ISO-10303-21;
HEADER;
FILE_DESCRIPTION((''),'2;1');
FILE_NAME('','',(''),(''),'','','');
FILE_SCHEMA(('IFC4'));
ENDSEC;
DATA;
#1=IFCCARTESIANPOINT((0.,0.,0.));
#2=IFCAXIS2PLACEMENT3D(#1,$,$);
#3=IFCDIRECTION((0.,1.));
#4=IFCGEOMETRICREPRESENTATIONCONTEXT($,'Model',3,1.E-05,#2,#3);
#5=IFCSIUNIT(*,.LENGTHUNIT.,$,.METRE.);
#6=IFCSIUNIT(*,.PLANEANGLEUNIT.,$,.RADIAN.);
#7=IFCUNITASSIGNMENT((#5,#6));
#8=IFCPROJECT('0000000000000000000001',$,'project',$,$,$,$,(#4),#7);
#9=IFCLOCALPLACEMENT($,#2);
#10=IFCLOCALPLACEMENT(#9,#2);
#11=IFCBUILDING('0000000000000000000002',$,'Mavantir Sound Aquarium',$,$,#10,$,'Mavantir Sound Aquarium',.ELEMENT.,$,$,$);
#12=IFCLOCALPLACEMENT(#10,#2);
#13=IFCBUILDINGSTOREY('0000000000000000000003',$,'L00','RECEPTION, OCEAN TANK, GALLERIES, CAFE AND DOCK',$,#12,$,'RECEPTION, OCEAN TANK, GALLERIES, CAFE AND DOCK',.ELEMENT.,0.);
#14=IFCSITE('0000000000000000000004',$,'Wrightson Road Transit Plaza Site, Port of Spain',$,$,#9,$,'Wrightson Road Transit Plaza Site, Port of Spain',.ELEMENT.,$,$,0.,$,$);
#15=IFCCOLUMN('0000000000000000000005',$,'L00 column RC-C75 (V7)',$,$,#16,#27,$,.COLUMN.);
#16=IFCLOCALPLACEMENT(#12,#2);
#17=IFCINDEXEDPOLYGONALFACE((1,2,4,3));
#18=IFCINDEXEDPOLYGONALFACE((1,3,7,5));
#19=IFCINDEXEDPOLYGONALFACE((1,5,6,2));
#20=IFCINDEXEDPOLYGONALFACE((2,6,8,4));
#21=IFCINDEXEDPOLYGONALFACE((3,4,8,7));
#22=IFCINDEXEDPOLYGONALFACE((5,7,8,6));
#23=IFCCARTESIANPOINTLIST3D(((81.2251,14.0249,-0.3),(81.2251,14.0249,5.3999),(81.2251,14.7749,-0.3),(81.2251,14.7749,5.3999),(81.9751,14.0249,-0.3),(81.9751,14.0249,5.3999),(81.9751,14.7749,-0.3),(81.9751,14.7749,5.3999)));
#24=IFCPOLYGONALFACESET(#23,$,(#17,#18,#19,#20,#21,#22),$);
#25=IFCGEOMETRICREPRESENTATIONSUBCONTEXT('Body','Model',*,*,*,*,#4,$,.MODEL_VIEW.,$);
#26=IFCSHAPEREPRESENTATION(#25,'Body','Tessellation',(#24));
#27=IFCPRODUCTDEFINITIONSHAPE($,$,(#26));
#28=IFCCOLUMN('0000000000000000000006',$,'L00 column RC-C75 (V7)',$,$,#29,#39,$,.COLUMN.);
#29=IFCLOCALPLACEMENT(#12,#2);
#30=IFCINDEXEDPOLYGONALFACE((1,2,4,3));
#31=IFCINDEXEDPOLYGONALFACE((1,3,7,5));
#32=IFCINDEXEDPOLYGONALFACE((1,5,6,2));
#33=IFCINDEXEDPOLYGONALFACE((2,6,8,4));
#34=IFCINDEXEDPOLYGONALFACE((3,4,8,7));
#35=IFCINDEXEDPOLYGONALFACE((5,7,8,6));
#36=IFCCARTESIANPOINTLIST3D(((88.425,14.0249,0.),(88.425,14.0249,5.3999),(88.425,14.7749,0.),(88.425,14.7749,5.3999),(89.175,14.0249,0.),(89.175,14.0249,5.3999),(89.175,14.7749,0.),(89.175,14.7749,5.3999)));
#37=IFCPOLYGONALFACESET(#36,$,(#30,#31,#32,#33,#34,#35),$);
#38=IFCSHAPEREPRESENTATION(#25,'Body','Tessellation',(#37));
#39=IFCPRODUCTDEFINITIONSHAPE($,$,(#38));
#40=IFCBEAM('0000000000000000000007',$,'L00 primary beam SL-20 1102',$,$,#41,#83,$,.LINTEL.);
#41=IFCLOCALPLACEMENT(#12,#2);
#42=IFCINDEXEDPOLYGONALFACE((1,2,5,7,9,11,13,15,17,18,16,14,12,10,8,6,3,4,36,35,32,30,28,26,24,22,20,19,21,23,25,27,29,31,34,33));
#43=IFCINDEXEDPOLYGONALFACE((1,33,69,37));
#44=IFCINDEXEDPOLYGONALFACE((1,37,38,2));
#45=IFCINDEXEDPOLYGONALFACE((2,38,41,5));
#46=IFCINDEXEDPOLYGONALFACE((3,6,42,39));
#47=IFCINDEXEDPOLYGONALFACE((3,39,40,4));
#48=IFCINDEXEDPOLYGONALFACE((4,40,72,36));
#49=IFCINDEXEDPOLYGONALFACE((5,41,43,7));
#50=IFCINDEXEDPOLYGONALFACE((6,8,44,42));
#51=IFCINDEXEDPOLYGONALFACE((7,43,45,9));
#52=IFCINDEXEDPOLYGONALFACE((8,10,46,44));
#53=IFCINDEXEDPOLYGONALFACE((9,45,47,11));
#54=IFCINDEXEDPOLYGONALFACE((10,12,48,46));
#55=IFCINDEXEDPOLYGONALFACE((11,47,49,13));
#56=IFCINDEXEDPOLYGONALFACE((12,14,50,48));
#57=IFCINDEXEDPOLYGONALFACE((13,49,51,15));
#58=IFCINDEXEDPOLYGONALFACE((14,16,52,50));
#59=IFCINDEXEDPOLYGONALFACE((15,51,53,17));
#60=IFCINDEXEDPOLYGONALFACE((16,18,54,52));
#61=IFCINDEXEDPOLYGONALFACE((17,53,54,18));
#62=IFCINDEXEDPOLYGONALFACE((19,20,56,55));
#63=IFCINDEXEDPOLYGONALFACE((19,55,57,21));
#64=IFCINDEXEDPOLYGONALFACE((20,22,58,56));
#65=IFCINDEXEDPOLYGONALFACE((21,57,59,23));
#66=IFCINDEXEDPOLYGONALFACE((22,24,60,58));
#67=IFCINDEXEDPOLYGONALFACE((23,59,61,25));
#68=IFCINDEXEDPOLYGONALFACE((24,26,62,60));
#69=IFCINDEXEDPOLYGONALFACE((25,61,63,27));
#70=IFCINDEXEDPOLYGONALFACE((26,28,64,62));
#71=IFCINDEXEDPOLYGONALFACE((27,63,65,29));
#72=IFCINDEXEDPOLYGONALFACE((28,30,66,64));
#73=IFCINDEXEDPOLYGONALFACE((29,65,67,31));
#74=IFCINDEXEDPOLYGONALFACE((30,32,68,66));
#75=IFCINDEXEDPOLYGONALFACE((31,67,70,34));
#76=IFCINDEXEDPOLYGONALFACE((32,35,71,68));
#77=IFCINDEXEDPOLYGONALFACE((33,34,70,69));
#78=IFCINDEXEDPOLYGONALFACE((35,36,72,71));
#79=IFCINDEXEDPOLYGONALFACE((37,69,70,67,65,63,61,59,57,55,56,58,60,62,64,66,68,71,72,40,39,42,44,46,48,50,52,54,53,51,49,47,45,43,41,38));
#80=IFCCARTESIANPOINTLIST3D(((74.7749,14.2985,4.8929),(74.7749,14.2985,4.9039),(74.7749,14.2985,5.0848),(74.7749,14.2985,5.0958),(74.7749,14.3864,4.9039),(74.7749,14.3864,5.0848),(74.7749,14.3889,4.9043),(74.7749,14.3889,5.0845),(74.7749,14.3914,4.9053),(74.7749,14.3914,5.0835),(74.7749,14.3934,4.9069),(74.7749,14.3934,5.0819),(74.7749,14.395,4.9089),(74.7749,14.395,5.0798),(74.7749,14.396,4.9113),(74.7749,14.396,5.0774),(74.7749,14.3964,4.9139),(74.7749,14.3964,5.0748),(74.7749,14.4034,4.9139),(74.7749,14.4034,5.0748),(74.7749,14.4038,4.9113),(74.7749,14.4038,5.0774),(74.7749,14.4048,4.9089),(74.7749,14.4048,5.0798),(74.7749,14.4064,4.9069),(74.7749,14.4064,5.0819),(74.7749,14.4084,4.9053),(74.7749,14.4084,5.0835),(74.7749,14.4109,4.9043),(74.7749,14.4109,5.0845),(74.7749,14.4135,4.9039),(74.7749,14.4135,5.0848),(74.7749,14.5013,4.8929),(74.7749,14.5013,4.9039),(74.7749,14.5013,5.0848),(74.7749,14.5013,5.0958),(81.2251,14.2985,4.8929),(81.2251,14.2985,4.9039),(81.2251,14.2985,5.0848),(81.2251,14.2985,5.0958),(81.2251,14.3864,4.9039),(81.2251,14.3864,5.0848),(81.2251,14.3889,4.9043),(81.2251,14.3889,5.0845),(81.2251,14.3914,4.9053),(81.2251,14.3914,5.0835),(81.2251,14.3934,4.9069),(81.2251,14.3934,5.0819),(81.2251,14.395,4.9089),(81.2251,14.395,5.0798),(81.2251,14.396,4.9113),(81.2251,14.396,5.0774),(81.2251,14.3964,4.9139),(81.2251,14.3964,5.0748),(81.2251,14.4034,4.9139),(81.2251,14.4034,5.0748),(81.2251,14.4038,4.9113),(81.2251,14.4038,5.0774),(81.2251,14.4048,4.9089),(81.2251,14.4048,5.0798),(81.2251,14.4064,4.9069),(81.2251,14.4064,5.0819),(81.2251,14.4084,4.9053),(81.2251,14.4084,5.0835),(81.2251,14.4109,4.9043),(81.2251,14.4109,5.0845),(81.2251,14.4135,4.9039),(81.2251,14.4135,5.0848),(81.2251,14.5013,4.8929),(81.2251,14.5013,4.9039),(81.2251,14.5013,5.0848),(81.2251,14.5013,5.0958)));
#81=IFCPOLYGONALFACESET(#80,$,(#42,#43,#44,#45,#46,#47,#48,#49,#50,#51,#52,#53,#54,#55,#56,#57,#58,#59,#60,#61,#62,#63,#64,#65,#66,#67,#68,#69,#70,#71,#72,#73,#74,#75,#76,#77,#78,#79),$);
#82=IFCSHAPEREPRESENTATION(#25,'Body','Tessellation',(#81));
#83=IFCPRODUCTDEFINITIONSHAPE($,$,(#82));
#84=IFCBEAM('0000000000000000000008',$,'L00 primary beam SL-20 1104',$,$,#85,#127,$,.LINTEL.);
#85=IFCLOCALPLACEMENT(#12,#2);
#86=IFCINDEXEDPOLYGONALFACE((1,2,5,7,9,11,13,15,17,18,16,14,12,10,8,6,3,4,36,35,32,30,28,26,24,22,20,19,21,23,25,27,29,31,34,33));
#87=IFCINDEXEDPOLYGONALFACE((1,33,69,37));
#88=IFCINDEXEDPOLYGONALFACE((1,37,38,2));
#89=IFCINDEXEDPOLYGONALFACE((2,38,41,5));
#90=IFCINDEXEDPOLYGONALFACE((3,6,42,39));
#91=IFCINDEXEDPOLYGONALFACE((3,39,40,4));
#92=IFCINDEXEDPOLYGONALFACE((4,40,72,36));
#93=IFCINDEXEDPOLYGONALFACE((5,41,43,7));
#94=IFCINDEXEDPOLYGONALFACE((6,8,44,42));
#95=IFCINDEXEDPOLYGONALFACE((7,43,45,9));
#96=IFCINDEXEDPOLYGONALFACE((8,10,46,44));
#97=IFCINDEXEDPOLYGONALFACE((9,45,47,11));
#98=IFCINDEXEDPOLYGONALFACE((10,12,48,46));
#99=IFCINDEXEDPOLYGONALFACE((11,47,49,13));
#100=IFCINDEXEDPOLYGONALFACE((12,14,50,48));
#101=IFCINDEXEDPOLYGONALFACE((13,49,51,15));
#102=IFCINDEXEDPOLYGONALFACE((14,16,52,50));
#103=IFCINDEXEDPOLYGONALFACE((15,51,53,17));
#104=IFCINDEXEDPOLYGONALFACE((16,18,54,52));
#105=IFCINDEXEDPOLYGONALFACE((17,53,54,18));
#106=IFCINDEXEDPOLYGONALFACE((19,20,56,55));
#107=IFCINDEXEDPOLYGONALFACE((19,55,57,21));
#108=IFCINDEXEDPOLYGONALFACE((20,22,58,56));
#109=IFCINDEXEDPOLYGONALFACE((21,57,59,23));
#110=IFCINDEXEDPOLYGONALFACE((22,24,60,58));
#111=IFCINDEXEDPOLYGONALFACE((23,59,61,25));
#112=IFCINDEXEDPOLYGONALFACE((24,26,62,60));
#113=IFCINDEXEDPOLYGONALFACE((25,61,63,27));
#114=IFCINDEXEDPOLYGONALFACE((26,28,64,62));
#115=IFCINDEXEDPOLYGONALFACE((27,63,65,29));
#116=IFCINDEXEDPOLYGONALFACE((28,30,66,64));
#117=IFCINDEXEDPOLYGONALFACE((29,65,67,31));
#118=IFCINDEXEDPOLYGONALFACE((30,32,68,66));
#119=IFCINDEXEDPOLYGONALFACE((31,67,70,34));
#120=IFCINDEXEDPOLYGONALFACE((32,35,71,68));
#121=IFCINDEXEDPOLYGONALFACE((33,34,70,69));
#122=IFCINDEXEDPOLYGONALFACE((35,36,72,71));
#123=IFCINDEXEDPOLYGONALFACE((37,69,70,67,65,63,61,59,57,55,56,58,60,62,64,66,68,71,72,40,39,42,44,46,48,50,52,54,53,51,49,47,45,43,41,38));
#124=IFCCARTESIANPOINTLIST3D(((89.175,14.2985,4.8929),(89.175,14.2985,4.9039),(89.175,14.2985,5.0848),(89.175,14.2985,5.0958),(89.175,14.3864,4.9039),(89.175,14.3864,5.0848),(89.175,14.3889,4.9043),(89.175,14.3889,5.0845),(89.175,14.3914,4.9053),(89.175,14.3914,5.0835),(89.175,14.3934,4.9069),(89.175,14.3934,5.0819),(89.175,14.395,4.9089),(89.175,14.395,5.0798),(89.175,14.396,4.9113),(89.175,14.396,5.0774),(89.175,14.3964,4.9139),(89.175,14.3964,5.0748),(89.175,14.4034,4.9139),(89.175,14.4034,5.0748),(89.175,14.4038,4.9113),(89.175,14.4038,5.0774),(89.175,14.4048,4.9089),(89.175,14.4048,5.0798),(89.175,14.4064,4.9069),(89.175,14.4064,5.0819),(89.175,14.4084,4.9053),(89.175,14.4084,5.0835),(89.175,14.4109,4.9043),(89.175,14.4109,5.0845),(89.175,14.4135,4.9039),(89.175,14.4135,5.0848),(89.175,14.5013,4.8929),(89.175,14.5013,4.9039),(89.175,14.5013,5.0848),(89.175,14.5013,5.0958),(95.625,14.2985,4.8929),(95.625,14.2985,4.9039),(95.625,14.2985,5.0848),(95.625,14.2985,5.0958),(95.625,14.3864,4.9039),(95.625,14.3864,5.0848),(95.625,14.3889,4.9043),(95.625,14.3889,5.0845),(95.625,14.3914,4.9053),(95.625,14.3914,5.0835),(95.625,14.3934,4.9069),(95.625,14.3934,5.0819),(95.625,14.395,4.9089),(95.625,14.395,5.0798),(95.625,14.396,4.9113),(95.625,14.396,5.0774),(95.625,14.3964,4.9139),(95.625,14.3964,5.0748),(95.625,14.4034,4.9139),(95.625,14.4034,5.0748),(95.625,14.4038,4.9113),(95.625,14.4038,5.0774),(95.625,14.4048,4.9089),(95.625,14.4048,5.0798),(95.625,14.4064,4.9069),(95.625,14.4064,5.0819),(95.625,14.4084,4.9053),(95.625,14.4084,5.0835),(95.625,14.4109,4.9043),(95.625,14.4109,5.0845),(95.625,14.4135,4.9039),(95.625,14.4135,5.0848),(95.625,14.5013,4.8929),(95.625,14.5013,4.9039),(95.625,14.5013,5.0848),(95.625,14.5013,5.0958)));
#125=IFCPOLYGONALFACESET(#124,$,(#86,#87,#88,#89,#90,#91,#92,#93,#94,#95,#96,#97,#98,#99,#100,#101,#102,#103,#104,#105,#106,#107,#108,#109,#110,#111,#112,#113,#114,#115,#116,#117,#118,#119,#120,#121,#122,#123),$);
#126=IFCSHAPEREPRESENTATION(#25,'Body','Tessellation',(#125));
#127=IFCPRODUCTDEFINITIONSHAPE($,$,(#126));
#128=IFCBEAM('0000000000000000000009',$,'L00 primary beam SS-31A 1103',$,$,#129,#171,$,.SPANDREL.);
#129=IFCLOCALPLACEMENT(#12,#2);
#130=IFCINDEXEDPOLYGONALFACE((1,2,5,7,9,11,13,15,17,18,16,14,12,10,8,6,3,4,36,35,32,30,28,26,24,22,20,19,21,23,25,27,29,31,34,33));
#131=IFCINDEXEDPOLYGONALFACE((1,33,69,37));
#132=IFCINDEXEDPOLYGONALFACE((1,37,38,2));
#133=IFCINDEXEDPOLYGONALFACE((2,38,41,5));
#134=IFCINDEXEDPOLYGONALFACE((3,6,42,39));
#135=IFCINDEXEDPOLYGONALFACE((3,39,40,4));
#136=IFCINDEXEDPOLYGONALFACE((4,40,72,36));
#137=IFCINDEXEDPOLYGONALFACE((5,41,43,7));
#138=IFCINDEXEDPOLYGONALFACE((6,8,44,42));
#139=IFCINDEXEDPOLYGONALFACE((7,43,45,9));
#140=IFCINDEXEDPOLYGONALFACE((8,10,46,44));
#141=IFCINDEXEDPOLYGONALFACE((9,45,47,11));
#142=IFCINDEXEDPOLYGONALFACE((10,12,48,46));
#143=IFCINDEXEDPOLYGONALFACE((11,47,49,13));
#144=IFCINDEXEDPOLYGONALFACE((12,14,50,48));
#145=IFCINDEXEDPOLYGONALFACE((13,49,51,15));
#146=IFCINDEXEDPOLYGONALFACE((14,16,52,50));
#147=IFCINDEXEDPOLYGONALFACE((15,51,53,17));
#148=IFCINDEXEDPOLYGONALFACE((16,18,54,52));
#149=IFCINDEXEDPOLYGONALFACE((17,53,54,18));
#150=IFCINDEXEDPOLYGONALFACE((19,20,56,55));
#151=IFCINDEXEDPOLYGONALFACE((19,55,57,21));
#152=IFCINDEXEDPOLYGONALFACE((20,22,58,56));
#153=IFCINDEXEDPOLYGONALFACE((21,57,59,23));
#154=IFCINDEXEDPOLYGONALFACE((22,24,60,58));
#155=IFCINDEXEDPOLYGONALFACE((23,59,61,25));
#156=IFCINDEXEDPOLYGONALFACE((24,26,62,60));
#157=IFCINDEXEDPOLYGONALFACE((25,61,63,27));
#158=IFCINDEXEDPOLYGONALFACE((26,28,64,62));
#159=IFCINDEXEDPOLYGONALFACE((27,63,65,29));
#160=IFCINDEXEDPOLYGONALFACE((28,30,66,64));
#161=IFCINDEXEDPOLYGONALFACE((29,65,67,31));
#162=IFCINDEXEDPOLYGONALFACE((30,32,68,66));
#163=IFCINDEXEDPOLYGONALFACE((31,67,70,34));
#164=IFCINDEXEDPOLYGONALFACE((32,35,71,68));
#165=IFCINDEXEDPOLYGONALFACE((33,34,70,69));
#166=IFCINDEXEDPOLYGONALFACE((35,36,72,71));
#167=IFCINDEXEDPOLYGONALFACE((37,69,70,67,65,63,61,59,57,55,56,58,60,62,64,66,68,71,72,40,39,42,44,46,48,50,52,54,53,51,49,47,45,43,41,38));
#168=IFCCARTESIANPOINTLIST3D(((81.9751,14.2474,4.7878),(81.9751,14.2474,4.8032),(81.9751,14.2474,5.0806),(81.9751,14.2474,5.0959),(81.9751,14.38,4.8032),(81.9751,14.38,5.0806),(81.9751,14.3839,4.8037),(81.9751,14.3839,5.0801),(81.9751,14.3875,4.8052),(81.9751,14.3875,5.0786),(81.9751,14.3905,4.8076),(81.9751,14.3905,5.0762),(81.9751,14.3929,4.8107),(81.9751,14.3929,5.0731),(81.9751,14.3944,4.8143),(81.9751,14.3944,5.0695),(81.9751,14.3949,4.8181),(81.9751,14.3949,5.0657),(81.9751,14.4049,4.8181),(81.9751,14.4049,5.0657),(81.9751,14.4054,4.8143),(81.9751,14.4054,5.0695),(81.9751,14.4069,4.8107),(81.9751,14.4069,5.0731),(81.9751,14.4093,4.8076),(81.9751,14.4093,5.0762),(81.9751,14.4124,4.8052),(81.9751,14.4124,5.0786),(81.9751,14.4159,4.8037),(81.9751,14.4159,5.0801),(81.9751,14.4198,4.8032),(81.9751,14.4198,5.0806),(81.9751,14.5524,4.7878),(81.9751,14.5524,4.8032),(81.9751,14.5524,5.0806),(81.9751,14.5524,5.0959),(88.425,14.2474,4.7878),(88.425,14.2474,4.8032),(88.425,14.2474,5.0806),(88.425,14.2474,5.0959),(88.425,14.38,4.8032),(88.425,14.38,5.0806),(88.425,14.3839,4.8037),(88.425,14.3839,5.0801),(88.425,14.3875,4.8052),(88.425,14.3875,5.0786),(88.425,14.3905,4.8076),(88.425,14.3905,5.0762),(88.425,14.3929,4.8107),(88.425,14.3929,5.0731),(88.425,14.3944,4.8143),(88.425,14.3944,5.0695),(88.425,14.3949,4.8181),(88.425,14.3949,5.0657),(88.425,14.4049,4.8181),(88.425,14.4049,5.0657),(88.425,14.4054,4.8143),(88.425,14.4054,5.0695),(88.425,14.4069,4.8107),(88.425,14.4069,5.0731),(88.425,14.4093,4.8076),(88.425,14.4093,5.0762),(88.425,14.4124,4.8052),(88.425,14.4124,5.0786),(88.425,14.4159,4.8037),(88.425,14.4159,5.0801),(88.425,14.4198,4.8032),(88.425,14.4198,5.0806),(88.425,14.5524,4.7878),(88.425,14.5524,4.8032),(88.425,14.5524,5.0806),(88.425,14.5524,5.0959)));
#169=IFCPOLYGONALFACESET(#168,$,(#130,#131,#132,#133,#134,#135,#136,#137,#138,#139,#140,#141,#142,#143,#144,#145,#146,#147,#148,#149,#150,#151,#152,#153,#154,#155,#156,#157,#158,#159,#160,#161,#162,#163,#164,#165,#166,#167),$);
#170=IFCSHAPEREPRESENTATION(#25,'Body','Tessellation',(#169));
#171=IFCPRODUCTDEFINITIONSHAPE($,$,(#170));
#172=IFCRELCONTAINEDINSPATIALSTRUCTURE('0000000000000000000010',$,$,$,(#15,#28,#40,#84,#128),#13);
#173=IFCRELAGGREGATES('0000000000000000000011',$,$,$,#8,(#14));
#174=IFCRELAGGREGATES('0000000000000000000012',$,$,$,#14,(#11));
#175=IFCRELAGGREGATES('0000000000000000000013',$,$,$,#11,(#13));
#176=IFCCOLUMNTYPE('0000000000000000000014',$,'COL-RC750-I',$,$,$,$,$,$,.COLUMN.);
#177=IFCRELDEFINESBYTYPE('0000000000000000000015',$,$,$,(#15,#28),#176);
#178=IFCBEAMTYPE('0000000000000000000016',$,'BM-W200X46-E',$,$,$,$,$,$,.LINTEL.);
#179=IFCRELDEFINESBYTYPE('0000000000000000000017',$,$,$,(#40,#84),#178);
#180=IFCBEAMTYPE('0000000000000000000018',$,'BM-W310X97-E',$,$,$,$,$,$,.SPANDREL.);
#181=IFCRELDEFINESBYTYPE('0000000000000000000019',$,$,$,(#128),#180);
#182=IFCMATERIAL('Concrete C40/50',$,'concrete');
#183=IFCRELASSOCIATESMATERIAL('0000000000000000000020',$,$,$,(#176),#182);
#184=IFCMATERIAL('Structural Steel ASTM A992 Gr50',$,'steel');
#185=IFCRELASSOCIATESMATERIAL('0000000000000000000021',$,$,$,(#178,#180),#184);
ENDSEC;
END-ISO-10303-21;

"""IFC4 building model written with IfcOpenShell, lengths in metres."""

from ifc_helpers import new_model, si_unit, direction, frame, origin, origin_2d, place, context, subcontext, project, spatial, rectangle, i_section, extrude, material, material_profile, profile_set, type_object, element, save


model = new_model("IFC4")

# Units and contexts
model_context = context("Model", 3, precision=1e-05, world=origin(), true_north=direction((0.0, 1.0)))
body_context = subcontext(model_context, "Body", "Model", "MODEL_VIEW")
ifc_project = project(units=[si_unit("LENGTHUNIT", "METRE"), si_unit("PLANEANGLEUNIT", "RADIAN")], contexts=[model_context])

# Site, building, storey
site_placement = place(None, origin())
site = spatial("IfcSite", under=ifc_project, at=site_placement, Name="Wrightson Road Transit Plaza Site, Port of Spain", LongName="Wrightson Road Transit Plaza Site, Port of Spain", CompositionType="ELEMENT", RefElevation=0.0)
building_placement = place(site_placement, origin())
building = spatial("IfcBuilding", under=site, at=building_placement, Name="Mavantir Sound Aquarium", LongName="Mavantir Sound Aquarium", CompositionType="ELEMENT")
storey_placement = place(building_placement, origin())
storey = spatial("IfcBuildingStorey", under=building, at=storey_placement, Name="L00", Description="RECEPTION, OCEAN TANK, GALLERIES, CAFE AND DOCK", LongName="RECEPTION, OCEAN TANK, GALLERIES, CAFE AND DOCK", CompositionType="ELEMENT", Elevation=0.0)

# Columns
ifc_material_1 = material(Name="Concrete C40/50", Category="concrete")
ifc_material_profile_1 = material_profile(ifc_material_1, rectangle(XDim=0.75, YDim=0.75, at=origin_2d()), Name="RC 750X750")
ifc_profile_set_1 = profile_set([ifc_material_profile_1], Name="Concrete C40/50")
column_type = type_object("IfcColumnType", Name="COL-RC750-I", PredefinedType="COLUMN", material=ifc_profile_set_1)
column_1_placement = place(storey_placement, frame((81.6001, 14.3999, -0.3), z_axis=(0.0, 0.0, 1.0), x_axis=(1.0, 0.0, 0.0)))
element("IfcColumn", 1, at=column_1_placement, inside=storey, type_object=column_type, Name="L00 column RC-C75 (V7)", PredefinedType="COLUMN", context=body_context, shape_type="SweptSolid", body=[
    extrude(rectangle(XDim=0.75, YDim=0.75, at=origin_2d()), origin(), (0.0, 0.0, 1.0), 5.7),
])
column_2_placement = place(storey_placement, frame((88.8, 14.3999, 0.0), z_axis=(0.0, 0.0, 1.0), x_axis=(1.0, 0.0, 0.0)))
element("IfcColumn", 2, at=column_2_placement, inside=storey, type_object=column_type, Name="L00 column RC-C75 (V7)", PredefinedType="COLUMN", context=body_context, shape_type="SweptSolid", body=[
    extrude(rectangle(XDim=0.75, YDim=0.75, at=origin_2d()), origin(), (0.0, 0.0, 1.0), 5.3999),
])

# Beams
ifc_material_2 = material(Name="Structural Steel ASTM A992 Gr50", Category="steel")
ifc_material_profile_2 = material_profile(ifc_material_2, i_section(OverallWidth=0.2029, OverallDepth=0.2029, WebThickness=0.0071, FlangeThickness=0.011, FilletRadius=0.01, at=origin_2d()), Name="W200X46")
ifc_profile_set_2 = profile_set([ifc_material_profile_2], Name="Structural Steel ASTM A992 Gr50")
beam_type_1 = type_object("IfcBeamType", Name="BM-W200X46-E", PredefinedType="LINTEL", material=ifc_profile_set_2)
beam_1_placement = place(storey_placement, frame((74.7749, 14.3999, 4.9944), z_axis=(1.0, 0.0, 0.0), x_axis=(0.0, 1.0, 0.0)))
element("IfcBeam", 3, at=beam_1_placement, inside=storey, type_object=beam_type_1, Name="L00 primary beam SL-20 1102", PredefinedType="LINTEL", context=body_context, shape_type="SweptSolid", body=[
    extrude(i_section(OverallWidth=0.2029, OverallDepth=0.2029, WebThickness=0.0071, FlangeThickness=0.011, FilletRadius=0.01, at=origin_2d()), origin(), (0.0, 0.0, 1.0), 6.4502),
])
beam_2_placement = place(storey_placement, frame((89.175, 14.3999, 4.9944), z_axis=(1.0, 0.0, 0.0), x_axis=(0.0, 1.0, 0.0)))
element("IfcBeam", 4, at=beam_2_placement, inside=storey, type_object=beam_type_1, Name="L00 primary beam SL-20 1104", PredefinedType="LINTEL", context=body_context, shape_type="SweptSolid", body=[
    extrude(i_section(OverallWidth=0.2029, OverallDepth=0.2029, WebThickness=0.0071, FlangeThickness=0.011, FilletRadius=0.01, at=origin_2d()), origin(), (0.0, 0.0, 1.0), 6.45),
])
ifc_material_profile_3 = material_profile(ifc_material_2, i_section(OverallWidth=0.3049, OverallDepth=0.3081, WebThickness=0.01, FlangeThickness=0.0154, FilletRadius=0.0149, at=origin_2d()), Name="W310X97")
ifc_profile_set_3 = profile_set([ifc_material_profile_3], Name="Structural Steel ASTM A992 Gr50")
beam_type_2 = type_object("IfcBeamType", Name="BM-W310X97-E", PredefinedType="SPANDREL", material=ifc_profile_set_3)
beam_3_placement = place(storey_placement, frame((81.9751, 14.3999, 4.9419), z_axis=(1.0, 0.0, 0.0), x_axis=(0.0, 1.0, 0.0)))
element("IfcBeam", 5, at=beam_3_placement, inside=storey, type_object=beam_type_2, Name="L00 primary beam SS-31A 1103", PredefinedType="SPANDREL", context=body_context, shape_type="SweptSolid", body=[
    extrude(i_section(OverallWidth=0.3049, OverallDepth=0.3081, WebThickness=0.01, FlangeThickness=0.0154, FilletRadius=0.0149, at=origin_2d()), origin(), (0.0, 0.0, 1.0), 6.45),
])

save(model, "model.ifc")
